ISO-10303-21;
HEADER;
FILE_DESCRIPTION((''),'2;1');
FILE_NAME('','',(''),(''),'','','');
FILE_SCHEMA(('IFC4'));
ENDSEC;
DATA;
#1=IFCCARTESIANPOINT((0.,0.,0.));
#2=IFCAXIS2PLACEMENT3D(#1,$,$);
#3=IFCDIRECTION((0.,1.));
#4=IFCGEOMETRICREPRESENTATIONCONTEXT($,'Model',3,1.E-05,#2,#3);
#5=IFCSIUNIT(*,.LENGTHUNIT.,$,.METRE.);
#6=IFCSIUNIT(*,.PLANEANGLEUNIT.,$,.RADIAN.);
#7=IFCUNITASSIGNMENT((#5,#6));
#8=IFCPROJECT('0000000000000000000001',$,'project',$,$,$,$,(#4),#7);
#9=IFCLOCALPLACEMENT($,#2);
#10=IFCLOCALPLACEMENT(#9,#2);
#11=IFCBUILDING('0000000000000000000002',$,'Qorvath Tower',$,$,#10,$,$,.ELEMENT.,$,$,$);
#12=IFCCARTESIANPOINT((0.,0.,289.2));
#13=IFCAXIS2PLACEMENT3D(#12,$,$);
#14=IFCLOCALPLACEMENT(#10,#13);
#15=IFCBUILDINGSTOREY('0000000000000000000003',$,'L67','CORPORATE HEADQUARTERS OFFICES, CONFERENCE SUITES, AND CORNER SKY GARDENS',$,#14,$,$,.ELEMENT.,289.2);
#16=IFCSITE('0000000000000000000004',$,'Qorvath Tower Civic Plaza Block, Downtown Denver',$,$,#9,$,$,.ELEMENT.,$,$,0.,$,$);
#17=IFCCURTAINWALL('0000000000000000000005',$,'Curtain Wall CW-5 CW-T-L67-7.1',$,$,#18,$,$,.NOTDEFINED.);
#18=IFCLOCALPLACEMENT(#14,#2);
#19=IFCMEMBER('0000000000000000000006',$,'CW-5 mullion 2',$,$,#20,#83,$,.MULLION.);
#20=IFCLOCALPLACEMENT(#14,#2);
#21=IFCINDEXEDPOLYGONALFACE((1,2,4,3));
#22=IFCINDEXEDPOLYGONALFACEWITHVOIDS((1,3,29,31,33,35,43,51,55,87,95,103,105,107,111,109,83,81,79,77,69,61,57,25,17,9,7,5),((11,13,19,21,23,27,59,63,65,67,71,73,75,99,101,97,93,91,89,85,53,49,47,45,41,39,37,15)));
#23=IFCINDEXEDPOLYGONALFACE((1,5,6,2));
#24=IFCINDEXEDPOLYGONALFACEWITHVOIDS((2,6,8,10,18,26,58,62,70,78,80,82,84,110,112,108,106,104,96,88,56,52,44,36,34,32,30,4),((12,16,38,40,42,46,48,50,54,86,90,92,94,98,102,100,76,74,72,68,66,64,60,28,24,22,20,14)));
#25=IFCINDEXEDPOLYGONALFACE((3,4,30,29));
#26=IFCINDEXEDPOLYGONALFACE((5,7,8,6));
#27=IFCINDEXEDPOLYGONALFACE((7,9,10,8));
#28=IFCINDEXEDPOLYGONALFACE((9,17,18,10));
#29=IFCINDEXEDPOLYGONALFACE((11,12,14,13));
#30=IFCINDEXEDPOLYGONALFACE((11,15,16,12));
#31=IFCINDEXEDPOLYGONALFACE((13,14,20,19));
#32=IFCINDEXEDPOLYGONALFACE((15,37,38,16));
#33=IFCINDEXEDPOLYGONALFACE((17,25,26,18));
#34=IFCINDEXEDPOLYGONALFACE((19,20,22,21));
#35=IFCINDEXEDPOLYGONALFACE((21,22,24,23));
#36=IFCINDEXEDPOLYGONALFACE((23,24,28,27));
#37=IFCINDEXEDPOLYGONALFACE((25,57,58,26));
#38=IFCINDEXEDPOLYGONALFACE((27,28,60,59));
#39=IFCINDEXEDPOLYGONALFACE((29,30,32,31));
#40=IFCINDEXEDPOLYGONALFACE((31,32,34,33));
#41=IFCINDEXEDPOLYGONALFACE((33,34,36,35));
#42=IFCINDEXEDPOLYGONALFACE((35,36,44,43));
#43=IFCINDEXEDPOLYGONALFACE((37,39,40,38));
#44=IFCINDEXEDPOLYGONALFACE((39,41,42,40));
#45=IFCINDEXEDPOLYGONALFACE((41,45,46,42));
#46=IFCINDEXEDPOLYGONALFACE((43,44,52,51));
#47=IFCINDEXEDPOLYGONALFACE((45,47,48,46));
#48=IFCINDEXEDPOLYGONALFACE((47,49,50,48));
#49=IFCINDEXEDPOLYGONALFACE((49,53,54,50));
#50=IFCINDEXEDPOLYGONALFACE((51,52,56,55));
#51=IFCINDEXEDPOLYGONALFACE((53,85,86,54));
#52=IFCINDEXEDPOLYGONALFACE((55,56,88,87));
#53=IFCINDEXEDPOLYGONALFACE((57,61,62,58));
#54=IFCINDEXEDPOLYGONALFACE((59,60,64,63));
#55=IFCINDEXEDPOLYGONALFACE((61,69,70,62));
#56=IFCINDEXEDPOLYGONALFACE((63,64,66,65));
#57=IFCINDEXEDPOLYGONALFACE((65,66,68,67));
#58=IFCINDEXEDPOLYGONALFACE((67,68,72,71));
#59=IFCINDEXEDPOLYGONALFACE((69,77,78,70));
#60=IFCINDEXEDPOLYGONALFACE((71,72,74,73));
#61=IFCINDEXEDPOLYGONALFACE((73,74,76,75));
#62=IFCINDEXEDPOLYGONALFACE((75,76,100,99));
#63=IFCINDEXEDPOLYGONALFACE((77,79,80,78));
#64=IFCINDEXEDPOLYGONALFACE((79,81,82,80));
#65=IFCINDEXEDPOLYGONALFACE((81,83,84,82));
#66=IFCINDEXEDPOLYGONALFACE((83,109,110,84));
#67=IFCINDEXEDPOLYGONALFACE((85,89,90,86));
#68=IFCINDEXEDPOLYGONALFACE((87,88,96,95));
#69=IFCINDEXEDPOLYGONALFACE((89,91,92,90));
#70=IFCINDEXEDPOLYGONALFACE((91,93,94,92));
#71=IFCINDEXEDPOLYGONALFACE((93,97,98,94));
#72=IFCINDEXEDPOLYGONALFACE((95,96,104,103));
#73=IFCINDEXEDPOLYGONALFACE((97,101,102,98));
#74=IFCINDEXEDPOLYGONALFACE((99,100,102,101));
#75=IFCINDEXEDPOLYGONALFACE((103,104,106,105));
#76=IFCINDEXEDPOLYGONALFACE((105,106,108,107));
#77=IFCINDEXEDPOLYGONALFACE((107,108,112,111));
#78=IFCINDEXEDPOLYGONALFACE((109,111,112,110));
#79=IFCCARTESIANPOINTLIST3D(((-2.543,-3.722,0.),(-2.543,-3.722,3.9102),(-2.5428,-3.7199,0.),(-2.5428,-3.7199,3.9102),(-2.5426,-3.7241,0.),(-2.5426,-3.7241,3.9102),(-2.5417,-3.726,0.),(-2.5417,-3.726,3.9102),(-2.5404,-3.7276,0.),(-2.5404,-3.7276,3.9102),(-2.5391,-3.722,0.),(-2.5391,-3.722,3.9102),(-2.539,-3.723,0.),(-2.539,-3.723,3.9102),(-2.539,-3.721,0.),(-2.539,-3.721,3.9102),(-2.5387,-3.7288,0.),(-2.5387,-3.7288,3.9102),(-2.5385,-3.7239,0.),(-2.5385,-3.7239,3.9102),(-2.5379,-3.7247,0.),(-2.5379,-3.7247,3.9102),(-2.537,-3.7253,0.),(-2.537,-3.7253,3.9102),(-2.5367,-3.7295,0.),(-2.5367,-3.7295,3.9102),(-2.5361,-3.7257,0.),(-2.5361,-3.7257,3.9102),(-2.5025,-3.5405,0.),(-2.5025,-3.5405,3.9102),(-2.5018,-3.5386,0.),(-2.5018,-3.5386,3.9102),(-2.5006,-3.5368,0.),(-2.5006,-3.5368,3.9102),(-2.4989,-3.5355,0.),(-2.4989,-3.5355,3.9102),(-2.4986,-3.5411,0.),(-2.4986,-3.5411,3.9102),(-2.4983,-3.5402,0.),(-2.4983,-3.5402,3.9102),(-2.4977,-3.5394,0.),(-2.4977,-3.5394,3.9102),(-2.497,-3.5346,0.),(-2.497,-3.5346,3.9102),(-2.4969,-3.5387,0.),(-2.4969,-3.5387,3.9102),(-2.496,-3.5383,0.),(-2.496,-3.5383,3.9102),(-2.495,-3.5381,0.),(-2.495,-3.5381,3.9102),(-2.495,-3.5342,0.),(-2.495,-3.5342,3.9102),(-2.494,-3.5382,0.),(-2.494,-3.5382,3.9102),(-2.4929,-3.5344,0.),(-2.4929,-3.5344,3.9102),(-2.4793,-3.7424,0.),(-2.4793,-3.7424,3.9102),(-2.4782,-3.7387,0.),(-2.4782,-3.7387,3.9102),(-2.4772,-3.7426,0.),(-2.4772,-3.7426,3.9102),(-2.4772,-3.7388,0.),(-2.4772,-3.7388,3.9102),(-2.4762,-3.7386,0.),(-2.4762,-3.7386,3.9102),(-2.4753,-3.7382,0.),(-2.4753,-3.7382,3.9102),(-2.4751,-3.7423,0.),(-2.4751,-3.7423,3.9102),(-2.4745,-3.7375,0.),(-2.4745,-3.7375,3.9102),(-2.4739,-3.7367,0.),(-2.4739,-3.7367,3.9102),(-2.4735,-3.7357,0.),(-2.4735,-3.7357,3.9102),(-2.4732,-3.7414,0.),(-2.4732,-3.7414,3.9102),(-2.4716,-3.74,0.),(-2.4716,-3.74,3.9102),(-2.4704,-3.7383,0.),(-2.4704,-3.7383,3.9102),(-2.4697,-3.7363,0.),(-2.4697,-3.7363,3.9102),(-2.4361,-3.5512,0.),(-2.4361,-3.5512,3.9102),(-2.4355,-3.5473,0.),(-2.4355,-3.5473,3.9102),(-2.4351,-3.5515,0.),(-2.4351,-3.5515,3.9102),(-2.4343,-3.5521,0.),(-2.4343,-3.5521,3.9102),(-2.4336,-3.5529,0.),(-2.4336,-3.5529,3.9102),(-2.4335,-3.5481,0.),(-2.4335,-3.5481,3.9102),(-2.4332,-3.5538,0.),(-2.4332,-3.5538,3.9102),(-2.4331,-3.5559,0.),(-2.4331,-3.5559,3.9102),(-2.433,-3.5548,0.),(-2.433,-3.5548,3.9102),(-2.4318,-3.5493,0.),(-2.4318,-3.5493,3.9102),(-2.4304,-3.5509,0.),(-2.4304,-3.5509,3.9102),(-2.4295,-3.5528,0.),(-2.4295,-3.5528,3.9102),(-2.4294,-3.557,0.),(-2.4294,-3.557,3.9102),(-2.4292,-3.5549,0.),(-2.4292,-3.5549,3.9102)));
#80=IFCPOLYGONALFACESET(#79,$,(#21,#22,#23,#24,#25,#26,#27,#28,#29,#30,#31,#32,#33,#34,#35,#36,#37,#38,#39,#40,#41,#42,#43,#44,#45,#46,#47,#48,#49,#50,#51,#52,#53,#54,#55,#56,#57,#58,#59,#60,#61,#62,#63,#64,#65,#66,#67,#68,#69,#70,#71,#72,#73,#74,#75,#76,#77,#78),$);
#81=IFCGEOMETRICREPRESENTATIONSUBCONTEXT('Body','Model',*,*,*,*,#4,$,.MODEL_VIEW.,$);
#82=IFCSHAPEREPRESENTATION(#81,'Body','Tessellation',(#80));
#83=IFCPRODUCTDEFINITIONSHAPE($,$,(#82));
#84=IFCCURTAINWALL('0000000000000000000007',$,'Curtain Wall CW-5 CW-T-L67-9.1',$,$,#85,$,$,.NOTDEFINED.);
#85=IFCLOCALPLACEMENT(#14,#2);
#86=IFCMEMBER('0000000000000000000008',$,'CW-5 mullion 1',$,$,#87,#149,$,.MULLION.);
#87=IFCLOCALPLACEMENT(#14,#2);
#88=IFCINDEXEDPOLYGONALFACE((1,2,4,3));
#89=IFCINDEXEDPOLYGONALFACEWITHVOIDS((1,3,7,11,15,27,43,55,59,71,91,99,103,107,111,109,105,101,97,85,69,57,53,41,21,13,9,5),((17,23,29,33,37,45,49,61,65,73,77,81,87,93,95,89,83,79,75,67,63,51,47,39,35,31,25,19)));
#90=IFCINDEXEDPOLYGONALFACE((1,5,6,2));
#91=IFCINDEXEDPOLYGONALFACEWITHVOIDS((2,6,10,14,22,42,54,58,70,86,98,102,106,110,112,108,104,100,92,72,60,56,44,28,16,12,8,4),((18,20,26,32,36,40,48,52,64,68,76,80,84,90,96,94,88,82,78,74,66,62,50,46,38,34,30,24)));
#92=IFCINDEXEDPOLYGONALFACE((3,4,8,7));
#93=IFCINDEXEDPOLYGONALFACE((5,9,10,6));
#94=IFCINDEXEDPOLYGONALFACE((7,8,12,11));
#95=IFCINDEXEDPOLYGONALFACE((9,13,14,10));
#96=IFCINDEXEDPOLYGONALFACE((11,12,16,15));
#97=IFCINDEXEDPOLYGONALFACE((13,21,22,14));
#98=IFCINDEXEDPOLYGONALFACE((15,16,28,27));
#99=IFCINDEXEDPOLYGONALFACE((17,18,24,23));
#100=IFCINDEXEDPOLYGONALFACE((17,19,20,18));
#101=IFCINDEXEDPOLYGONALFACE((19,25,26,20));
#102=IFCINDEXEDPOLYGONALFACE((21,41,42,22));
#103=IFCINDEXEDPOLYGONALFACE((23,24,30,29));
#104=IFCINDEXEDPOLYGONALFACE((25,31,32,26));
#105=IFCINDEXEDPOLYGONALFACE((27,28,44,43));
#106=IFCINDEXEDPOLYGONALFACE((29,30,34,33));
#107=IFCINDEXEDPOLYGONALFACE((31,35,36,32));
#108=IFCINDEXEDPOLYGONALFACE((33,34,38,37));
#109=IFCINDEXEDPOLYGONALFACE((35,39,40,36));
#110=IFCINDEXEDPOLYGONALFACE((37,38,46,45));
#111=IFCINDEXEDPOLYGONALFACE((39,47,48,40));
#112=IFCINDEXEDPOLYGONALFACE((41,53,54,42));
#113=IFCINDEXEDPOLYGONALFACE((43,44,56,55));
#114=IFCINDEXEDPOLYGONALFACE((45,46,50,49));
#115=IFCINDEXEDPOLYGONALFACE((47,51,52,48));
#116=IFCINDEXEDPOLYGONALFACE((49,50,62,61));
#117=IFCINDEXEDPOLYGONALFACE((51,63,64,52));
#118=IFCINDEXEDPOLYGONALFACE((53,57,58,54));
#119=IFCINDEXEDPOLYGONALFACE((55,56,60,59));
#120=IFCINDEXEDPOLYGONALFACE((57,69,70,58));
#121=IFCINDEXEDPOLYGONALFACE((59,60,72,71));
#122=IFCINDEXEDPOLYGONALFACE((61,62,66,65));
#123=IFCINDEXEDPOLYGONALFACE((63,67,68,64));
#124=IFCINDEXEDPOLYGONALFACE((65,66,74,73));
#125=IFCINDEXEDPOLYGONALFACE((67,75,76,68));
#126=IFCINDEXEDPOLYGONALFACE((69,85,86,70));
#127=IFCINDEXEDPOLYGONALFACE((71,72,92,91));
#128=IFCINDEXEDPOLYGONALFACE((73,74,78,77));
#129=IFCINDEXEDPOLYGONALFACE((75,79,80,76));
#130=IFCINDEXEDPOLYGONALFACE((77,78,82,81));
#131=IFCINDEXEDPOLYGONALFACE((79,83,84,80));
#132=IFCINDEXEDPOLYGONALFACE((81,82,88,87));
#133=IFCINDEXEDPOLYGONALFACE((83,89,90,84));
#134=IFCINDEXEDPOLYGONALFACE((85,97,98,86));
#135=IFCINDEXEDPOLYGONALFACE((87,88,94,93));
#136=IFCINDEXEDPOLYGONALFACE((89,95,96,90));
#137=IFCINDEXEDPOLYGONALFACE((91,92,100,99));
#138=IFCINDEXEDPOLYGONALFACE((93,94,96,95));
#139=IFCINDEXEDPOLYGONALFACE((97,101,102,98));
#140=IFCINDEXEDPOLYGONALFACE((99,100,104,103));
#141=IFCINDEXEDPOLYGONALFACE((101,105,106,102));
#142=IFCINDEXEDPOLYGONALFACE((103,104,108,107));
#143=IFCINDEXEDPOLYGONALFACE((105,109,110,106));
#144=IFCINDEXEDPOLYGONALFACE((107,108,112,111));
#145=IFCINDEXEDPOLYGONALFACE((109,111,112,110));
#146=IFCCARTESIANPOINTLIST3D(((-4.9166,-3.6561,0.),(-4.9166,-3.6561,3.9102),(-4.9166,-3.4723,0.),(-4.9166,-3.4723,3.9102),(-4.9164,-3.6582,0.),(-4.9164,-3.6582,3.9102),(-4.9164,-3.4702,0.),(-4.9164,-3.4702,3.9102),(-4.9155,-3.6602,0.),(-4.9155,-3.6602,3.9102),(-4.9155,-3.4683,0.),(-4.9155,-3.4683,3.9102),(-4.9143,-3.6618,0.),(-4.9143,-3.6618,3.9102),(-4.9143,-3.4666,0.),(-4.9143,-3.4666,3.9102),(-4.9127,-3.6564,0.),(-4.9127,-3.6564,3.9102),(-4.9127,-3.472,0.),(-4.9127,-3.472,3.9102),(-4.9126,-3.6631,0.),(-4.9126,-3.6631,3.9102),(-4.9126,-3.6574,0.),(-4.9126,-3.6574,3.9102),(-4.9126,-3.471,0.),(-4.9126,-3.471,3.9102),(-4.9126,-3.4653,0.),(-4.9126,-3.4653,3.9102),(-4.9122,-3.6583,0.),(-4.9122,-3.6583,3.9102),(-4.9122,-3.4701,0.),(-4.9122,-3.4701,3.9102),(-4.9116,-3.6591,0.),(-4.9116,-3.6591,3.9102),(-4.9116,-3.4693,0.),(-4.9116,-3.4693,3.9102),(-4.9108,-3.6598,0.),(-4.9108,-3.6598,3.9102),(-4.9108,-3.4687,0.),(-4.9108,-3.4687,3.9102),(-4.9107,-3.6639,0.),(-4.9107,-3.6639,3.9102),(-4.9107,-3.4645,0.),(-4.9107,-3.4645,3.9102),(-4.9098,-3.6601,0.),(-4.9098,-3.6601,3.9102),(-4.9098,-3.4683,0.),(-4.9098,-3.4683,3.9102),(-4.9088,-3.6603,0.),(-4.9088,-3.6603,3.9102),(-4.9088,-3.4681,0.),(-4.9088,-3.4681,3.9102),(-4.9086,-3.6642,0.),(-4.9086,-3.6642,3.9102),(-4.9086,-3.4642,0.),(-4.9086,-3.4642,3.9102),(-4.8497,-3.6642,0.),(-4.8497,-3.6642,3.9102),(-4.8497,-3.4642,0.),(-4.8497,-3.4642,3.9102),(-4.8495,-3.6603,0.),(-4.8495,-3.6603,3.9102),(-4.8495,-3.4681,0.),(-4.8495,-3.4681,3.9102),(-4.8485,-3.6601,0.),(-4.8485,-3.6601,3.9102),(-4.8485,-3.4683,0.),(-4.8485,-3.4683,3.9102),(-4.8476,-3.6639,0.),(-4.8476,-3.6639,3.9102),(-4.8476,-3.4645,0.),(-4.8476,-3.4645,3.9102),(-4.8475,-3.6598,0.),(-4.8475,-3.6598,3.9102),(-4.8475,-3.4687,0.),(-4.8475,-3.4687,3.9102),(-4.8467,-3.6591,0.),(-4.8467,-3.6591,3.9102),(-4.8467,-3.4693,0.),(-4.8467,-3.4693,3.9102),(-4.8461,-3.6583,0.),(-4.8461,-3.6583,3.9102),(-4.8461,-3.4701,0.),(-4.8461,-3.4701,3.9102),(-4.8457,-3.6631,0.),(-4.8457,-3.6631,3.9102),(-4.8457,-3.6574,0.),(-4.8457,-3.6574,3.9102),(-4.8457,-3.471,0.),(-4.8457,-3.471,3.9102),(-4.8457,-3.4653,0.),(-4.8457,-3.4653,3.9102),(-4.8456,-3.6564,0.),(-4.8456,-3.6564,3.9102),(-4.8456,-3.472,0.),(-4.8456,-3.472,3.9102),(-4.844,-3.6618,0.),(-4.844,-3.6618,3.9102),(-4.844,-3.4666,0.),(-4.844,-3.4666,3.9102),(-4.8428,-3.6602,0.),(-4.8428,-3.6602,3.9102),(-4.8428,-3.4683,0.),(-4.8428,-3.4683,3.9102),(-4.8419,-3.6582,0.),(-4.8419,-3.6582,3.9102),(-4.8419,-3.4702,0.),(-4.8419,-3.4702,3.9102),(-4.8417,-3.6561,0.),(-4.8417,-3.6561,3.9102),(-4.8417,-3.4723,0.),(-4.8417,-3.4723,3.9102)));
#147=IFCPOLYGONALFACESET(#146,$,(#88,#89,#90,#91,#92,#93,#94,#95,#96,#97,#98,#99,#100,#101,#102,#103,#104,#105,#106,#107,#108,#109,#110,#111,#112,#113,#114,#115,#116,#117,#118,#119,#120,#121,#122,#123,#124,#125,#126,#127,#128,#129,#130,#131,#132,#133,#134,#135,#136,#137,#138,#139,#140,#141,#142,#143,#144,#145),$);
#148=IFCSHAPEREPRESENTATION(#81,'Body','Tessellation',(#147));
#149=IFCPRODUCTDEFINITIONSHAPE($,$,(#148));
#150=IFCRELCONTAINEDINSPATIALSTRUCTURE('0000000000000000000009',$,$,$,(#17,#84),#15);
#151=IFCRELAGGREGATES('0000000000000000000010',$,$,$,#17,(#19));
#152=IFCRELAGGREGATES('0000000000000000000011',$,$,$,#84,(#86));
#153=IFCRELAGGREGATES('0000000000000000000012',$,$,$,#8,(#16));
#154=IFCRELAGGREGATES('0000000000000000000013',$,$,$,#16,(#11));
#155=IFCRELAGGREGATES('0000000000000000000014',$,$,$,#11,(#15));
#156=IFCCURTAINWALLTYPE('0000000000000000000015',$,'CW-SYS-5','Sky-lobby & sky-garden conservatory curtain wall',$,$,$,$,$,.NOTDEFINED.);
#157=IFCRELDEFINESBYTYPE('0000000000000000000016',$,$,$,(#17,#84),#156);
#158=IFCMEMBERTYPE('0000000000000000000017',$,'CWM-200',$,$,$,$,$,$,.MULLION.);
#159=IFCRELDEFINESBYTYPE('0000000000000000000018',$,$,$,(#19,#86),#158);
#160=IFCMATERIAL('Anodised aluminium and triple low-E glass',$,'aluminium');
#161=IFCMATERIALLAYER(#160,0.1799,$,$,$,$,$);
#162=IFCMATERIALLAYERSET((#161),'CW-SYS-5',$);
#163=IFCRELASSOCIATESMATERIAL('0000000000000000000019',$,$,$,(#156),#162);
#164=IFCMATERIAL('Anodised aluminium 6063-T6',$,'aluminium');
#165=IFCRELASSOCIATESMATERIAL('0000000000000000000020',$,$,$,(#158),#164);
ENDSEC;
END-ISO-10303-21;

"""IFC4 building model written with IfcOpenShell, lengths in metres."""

from ifc_helpers import new_model, si_unit, direction, frame, origin, origin_2d, place, context, subcontext, project, spatial, hollow_rectangle, extrude, material, layer, layer_set, material_profile, profile_set, type_object, element, aggregate, save


model = new_model("IFC4")

# Units and contexts
model_context = context("Model", 3, precision=1e-05, world=origin(), true_north=direction((0.0, 1.0)))
body_context = subcontext(model_context, "Body", "Model", "MODEL_VIEW")
ifc_project = project(units=[si_unit("LENGTHUNIT", "METRE"), si_unit("PLANEANGLEUNIT", "RADIAN")], contexts=[model_context])

# Site, building, storey
site_placement = place(None, origin())
site = spatial("IfcSite", under=ifc_project, at=site_placement, Name="Qorvath Tower Civic Plaza Block, Downtown Denver", CompositionType="ELEMENT", RefElevation=0.0)
building_placement = place(site_placement, origin())
building = spatial("IfcBuilding", under=site, at=building_placement, Name="Qorvath Tower", CompositionType="ELEMENT")
storey_placement = place(building_placement, frame((0.0, 0.0, 289.2)))
storey = spatial("IfcBuildingStorey", under=building, at=storey_placement, Name="L67", Description="CORPORATE HEADQUARTERS OFFICES, CONFERENCE SUITES, AND CORNER SKY GARDENS", CompositionType="ELEMENT", Elevation=289.2)

# Curtain wall, member
ifc_material_1 = material(Name="Anodised aluminium and triple low-E glass", Category="aluminium")
ifc_layer_1 = layer(ifc_material_1, 0.1799)
ifc_layer_set_1 = layer_set([ifc_layer_1], Name="CW-SYS-5")
curtain_wall_type = type_object("IfcCurtainWallType", Name="CW-SYS-5", Description="Sky-lobby & sky-garden conservatory curtain wall", PredefinedType="NOTDEFINED", material=ifc_layer_set_1)
curtain_wall_1_placement = place(storey_placement, origin())
curtain_wall_1 = element("IfcCurtainWall", 1, at=curtain_wall_1_placement, inside=storey, type_object=curtain_wall_type, Name="Curtain Wall CW-5 CW-T-L67-7.1", PredefinedType="NOTDEFINED")
ifc_material_2 = material(Name="Anodised aluminium 6063-T6", Category="aluminium")
ifc_material_profile_1 = material_profile(ifc_material_2, hollow_rectangle(XDim=0.075, YDim=0.2, WallThickness=0.0039, InnerFilletRadius=0.0039, OuterFilletRadius=0.0081, at=origin_2d()), Name="CWM 200x75")
ifc_profile_set_1 = profile_set([ifc_material_profile_1], Name="Anodised aluminium 6063-T6")
member_type_1 = type_object("IfcMemberType", Name="CWM-200", PredefinedType="MULLION", material=ifc_profile_set_1)
member_1_placement = place(storey_placement, frame((-2.4861, -3.6384, 0.0), z_axis=(0.0, 0.0, 1.0), x_axis=(-0.97568, 0.219199, 0.0)))
member_1 = element("IfcMember", 2, at=member_1_placement, type_object=member_type_1, Name="CW-5 mullion 2", PredefinedType="MULLION", context=body_context, shape_type="SweptSolid", body=[
    extrude(hollow_rectangle(XDim=0.075, YDim=0.2, WallThickness=0.0039, InnerFilletRadius=0.0039, OuterFilletRadius=0.0081, at=origin_2d()), origin(), (0.0, 0.0, 1.0), 3.9102),
])
aggregate(curtain_wall_1, [member_1])

# Curtain wall, member
curtain_wall_2_placement = place(storey_placement, origin())
curtain_wall_2 = element("IfcCurtainWall", 3, at=curtain_wall_2_placement, inside=storey, type_object=curtain_wall_type, Name="Curtain Wall CW-5 CW-T-L67-9.1", PredefinedType="NOTDEFINED")
member_2_placement = place(storey_placement, frame((-4.8792, -3.5642, 0.0), z_axis=(0.0, 0.0, 1.0), x_axis=(-1.0, 0.0, 0.0)))
member_2 = element("IfcMember", 4, at=member_2_placement, type_object=member_type_1, Name="CW-5 mullion 1", PredefinedType="MULLION", context=body_context, shape_type="SweptSolid", body=[
    extrude(hollow_rectangle(XDim=0.075, YDim=0.2, WallThickness=0.0039, InnerFilletRadius=0.0039, OuterFilletRadius=0.0081, at=origin_2d()), origin(), (0.0, 0.0, 1.0), 3.9102),
])
aggregate(curtain_wall_2, [member_2])

save(model, "model.ifc")
